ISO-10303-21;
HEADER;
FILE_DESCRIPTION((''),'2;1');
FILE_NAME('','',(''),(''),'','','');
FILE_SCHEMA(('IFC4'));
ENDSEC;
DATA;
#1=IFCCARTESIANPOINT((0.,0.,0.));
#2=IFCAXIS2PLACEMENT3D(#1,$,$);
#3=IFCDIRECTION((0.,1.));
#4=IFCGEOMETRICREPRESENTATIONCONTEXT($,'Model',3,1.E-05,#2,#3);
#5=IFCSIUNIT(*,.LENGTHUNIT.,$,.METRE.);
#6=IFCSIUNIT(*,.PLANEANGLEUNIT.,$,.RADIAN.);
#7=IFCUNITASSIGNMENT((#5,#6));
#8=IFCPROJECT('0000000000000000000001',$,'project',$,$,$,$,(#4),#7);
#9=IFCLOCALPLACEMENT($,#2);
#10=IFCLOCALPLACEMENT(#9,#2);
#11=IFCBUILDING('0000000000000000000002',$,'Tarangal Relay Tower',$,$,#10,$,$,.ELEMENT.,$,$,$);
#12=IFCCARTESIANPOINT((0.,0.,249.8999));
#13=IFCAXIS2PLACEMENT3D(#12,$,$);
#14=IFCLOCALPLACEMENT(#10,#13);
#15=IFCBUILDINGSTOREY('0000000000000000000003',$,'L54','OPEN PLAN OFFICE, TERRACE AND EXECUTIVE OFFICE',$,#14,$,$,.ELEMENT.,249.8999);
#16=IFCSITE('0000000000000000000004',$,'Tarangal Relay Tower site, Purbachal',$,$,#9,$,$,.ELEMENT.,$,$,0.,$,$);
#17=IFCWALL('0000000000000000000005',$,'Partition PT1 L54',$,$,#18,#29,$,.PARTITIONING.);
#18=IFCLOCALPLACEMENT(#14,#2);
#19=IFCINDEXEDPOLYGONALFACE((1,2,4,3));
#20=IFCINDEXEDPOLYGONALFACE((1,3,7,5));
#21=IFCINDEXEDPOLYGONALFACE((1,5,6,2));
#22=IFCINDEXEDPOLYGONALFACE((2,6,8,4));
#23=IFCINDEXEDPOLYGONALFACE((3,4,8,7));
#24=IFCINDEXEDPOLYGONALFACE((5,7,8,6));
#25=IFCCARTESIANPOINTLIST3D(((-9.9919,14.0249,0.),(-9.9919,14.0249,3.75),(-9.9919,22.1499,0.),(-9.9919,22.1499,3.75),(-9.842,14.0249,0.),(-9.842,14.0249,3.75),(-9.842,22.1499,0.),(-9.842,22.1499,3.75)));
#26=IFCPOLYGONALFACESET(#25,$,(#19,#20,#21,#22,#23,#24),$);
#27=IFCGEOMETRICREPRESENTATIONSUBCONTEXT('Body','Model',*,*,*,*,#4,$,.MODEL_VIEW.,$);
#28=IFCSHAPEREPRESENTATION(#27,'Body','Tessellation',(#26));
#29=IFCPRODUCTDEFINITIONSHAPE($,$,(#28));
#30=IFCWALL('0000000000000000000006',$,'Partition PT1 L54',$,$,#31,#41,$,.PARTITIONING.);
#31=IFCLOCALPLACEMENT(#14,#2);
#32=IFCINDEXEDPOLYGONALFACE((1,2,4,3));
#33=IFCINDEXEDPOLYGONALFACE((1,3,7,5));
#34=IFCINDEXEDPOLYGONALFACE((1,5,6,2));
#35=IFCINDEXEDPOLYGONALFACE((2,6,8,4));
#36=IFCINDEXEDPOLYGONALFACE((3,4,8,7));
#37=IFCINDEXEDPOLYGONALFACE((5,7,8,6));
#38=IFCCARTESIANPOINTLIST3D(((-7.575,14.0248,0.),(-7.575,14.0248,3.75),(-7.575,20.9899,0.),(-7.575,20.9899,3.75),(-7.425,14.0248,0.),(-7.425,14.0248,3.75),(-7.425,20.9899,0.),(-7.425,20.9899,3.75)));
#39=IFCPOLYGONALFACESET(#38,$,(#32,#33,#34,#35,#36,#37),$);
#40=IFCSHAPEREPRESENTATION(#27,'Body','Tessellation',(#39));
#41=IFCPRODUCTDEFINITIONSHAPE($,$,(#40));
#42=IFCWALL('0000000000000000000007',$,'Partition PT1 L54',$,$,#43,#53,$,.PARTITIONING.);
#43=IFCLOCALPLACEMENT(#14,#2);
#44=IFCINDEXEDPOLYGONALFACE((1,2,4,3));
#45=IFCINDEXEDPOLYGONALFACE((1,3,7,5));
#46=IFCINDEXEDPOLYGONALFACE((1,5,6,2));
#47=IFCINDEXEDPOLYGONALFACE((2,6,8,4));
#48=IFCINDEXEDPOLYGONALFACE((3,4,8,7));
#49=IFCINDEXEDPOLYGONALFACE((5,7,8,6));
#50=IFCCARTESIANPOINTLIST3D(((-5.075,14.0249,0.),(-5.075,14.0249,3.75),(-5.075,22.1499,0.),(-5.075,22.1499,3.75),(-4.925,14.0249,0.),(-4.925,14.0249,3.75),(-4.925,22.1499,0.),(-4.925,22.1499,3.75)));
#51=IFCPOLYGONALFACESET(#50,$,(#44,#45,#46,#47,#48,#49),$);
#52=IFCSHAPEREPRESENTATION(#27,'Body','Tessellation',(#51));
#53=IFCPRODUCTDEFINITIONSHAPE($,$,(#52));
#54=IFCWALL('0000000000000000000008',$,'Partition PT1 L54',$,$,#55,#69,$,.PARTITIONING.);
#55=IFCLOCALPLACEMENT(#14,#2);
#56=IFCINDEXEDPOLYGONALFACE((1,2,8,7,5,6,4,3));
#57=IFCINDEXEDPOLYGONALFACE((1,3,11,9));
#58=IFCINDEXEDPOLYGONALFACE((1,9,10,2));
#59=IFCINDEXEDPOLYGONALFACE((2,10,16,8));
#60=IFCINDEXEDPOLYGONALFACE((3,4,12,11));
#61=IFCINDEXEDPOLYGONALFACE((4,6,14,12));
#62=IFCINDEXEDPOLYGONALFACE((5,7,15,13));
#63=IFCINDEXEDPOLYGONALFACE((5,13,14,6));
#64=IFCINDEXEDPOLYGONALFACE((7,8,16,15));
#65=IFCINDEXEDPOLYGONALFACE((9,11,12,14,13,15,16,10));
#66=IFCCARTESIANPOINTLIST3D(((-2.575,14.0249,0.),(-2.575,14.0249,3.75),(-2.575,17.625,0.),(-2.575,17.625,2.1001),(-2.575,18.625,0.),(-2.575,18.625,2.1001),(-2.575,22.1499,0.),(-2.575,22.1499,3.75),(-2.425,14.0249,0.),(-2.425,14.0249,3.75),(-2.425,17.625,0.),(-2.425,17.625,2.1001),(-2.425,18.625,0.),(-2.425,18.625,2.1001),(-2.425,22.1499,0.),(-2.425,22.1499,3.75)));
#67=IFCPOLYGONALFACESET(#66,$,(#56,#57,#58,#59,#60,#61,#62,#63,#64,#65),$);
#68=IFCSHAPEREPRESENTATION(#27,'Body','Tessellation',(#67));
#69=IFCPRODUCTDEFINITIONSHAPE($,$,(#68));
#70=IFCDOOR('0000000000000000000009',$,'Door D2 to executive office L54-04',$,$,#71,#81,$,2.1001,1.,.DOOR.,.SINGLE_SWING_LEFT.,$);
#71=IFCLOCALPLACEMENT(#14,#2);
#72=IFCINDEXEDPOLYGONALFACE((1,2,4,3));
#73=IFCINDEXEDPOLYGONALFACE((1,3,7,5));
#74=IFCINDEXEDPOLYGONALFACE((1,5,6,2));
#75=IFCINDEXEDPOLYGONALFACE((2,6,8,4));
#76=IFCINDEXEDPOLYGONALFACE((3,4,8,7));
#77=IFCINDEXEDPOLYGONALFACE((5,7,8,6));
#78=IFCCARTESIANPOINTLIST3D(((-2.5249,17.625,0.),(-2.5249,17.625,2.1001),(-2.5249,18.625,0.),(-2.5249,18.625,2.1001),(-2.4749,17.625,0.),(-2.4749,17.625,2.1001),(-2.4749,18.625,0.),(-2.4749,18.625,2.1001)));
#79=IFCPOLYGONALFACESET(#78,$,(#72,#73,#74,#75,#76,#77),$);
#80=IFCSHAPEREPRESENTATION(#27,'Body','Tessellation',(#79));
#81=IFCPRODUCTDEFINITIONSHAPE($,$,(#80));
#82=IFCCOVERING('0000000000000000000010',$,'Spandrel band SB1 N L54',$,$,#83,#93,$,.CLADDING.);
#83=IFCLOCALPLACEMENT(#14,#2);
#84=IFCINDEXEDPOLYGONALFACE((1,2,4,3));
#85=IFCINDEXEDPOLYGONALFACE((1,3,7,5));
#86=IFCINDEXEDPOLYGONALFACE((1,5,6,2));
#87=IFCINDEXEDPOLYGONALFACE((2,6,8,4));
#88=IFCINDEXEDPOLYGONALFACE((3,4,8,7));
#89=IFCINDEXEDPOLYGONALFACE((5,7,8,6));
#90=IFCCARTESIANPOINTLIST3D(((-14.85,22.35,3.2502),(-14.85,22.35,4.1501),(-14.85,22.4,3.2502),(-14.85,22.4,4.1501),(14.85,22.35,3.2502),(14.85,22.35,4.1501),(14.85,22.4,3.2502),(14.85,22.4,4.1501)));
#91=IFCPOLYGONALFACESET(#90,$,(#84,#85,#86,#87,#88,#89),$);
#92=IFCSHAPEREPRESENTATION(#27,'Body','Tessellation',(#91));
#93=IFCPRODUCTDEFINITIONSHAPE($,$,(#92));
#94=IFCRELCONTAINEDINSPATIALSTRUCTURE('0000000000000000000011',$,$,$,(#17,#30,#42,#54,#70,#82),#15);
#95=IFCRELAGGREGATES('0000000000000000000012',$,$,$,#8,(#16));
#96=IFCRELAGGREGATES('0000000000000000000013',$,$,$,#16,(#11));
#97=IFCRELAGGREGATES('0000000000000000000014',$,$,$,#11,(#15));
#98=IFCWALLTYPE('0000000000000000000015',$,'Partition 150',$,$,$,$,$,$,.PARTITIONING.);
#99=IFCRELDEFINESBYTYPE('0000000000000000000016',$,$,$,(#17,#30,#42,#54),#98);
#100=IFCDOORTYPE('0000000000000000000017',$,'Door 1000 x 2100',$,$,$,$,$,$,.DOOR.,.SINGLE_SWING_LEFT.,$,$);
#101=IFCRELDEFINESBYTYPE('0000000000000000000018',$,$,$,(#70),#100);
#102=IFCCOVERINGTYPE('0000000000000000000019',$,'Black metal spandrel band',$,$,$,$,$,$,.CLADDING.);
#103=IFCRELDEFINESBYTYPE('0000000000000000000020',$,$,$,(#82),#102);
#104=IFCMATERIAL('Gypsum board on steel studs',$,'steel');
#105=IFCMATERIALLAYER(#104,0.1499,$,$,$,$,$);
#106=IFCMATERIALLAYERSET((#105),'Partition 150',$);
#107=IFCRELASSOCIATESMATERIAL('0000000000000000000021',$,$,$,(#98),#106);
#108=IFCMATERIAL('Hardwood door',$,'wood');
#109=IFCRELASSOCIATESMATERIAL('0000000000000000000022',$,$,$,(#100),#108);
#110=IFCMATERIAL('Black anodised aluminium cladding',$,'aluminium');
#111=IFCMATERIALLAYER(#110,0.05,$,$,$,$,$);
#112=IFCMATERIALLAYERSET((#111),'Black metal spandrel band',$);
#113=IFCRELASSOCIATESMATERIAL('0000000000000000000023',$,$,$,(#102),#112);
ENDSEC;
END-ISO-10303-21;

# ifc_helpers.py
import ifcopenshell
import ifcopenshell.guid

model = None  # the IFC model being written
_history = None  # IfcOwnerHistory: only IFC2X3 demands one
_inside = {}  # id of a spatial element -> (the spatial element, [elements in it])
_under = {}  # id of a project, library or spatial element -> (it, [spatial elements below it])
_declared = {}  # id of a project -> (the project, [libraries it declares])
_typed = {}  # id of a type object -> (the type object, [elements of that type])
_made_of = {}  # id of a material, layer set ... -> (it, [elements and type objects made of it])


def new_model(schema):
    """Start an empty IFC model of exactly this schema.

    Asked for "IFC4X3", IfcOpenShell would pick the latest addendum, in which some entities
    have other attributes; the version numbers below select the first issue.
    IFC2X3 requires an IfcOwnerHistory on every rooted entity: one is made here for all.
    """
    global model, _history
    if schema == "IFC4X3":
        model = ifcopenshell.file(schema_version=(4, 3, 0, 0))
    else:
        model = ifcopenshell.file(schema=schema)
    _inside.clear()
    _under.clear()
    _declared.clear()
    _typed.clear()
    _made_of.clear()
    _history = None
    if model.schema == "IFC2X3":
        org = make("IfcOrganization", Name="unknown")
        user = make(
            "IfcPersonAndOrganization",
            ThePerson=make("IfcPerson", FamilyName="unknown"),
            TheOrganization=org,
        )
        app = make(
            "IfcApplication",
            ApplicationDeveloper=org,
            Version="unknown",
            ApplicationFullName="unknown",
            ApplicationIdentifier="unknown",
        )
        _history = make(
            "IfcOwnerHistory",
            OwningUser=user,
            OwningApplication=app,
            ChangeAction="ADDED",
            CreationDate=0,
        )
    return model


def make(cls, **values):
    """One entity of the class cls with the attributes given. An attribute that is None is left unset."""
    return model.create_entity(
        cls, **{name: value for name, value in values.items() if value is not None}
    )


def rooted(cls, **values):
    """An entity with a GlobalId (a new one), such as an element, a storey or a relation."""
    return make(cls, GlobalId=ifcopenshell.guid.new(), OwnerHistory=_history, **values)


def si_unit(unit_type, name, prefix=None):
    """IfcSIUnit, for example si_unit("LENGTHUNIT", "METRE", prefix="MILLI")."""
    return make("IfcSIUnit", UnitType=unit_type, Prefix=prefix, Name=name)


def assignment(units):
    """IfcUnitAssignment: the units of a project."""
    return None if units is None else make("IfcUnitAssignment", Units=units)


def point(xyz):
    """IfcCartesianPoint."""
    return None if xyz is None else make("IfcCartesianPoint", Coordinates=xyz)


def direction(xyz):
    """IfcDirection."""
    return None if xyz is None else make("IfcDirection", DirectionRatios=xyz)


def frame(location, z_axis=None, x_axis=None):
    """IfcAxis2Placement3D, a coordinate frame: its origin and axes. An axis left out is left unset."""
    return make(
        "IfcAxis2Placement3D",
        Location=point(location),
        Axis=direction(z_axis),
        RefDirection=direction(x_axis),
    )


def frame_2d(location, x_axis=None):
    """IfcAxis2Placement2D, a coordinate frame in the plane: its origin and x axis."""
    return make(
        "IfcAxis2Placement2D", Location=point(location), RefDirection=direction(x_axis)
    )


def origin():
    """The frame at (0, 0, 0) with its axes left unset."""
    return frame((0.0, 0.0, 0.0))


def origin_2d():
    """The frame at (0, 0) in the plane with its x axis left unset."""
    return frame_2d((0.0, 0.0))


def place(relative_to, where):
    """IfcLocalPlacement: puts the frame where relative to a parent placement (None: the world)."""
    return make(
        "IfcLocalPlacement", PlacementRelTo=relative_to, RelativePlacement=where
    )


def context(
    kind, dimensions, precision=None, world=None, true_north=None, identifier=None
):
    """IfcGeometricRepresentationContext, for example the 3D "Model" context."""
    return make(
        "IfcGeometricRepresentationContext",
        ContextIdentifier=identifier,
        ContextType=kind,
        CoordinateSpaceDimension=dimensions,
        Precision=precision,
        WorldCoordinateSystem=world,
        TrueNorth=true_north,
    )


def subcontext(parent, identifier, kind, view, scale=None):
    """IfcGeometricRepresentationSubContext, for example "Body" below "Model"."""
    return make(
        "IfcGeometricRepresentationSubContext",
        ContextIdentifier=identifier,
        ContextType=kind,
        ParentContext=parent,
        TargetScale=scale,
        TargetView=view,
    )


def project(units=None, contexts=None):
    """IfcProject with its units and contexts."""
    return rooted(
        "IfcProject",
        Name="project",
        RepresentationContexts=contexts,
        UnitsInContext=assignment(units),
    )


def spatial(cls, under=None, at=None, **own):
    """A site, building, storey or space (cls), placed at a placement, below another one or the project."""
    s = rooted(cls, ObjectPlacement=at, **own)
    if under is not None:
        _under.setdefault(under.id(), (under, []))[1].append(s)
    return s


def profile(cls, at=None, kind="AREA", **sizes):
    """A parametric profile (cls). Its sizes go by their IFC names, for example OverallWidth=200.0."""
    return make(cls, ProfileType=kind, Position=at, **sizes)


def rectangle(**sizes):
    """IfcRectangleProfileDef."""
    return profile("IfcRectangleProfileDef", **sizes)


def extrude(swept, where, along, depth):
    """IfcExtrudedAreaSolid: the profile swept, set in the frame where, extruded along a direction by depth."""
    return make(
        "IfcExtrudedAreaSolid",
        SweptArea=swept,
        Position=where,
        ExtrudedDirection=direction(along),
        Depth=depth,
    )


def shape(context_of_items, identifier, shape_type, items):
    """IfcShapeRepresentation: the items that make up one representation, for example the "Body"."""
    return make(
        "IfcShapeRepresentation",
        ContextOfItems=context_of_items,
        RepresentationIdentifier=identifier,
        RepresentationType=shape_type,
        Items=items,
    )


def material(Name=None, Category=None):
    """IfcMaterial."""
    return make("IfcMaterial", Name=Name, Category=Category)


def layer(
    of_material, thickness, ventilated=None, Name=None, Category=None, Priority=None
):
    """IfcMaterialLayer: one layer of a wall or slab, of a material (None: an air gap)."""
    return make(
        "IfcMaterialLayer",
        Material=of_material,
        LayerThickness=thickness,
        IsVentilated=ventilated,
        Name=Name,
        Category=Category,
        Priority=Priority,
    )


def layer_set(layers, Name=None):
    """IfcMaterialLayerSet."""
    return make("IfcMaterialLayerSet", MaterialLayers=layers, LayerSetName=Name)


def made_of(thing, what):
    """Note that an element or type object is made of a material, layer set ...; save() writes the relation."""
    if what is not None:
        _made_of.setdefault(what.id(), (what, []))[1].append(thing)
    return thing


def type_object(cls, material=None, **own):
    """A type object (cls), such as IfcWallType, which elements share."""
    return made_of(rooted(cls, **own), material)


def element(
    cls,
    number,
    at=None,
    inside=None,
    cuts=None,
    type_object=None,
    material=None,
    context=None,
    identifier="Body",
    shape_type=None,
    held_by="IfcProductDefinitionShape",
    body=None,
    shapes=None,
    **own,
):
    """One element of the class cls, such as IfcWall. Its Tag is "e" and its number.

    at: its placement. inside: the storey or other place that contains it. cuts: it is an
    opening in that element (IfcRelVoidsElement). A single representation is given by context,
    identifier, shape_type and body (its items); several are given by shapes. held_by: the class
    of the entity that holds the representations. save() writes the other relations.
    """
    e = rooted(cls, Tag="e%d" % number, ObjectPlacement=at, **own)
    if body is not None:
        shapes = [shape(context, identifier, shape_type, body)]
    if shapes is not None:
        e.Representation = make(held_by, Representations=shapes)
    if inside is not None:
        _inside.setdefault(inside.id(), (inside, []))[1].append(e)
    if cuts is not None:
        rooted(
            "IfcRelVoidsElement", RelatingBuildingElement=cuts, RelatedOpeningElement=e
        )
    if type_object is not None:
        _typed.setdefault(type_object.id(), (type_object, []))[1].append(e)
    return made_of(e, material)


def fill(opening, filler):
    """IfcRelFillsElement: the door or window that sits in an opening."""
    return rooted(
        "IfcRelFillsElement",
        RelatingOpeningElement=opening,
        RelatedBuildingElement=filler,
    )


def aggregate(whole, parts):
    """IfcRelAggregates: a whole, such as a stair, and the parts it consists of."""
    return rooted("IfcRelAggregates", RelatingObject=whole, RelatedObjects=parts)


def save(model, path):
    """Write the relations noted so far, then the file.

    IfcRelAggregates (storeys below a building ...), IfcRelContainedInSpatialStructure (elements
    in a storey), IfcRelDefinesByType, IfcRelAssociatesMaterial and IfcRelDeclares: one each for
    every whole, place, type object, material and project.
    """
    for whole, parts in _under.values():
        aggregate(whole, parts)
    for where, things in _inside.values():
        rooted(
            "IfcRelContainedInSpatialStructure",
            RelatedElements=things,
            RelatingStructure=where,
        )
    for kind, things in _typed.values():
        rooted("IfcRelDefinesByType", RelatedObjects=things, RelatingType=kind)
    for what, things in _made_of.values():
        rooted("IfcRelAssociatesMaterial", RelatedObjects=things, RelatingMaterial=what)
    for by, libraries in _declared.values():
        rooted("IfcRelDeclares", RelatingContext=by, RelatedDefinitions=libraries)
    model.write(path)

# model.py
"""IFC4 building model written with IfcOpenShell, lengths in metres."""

from ifc_helpers import new_model, si_unit, direction, frame, frame_2d, origin, origin_2d, place, context, subcontext, project, spatial, rectangle, extrude, material, layer, layer_set, type_object, element, fill, save


model = new_model("IFC4")

# Units and contexts
model_context = context("Model", 3, precision=1e-05, world=origin(), true_north=direction((0.0, 1.0)))
body_context = subcontext(model_context, "Body", "Model", "MODEL_VIEW")
ifc_project = project(units=[si_unit("LENGTHUNIT", "METRE"), si_unit("PLANEANGLEUNIT", "RADIAN")], contexts=[model_context])

# Site, building, storey
site_placement = place(None, origin())
site = spatial("IfcSite", under=ifc_project, at=site_placement, Name="Tarangal Relay Tower site, Purbachal", CompositionType="ELEMENT", RefElevation=0.0)
building_placement = place(site_placement, origin())
building = spatial("IfcBuilding", under=site, at=building_placement, Name="Tarangal Relay Tower", CompositionType="ELEMENT")
storey_placement = place(building_placement, frame((0.0, 0.0, 249.8999)))
storey = spatial("IfcBuildingStorey", under=building, at=storey_placement, Name="L54", Description="OPEN PLAN OFFICE, TERRACE AND EXECUTIVE OFFICE", CompositionType="ELEMENT", Elevation=249.8999)

# Walls
ifc_material_1 = material(Name="Gypsum board on steel studs", Category="steel")
ifc_layer_1 = layer(ifc_material_1, 0.1499)
ifc_layer_set_1 = layer_set([ifc_layer_1], Name="Partition 150")
wall_type_1 = type_object("IfcWallType", Name="Partition 150", PredefinedType="PARTITIONING", material=ifc_layer_set_1)
wall_1_placement = place(storey_placement, frame((-9.917, 14.0249, 0.0), z_axis=(0.0, 0.0, 1.0), x_axis=(0.0, 1.0, 0.0)))
element("IfcWall", 1, at=wall_1_placement, inside=storey, type_object=wall_type_1, Name="Partition PT1 L54", PredefinedType="PARTITIONING", context=body_context, shape_type="SweptSolid", body=[
    extrude(rectangle(XDim=8.125, YDim=0.1499, at=frame_2d((4.0625, 0.0))), origin(), (0.0, 0.0, 1.0), 3.75),
])
wall_2_placement = place(storey_placement, frame((-7.5, 14.0249, 0.0), z_axis=(0.0, 0.0, 1.0), x_axis=(0.0, 1.0, 0.0)))
element("IfcWall", 2, at=wall_2_placement, inside=storey, type_object=wall_type_1, Name="Partition PT1 L54", PredefinedType="PARTITIONING", context=body_context, shape_type="SweptSolid", body=[
    extrude(rectangle(XDim=6.9651, YDim=0.1499, at=frame_2d((3.4824, 0.0))), origin(), (0.0, 0.0, 1.0), 3.75),
])
wall_3_placement = place(storey_placement, frame((-5.0, 14.0249, 0.0), z_axis=(0.0, 0.0, 1.0), x_axis=(0.0, 1.0, 0.0)))
element("IfcWall", 3, at=wall_3_placement, inside=storey, type_object=wall_type_1, Name="Partition PT1 L54", PredefinedType="PARTITIONING", context=body_context, shape_type="SweptSolid", body=[
    extrude(rectangle(XDim=8.125, YDim=0.1499, at=frame_2d((4.0625, 0.0))), origin(), (0.0, 0.0, 1.0), 3.75),
])

# Wall, opening, door
wall_4_placement = place(storey_placement, frame((-2.5, 14.0249, 0.0), z_axis=(0.0, 0.0, 1.0), x_axis=(0.0, 1.0, 0.0)))
wall_4 = element("IfcWall", 4, at=wall_4_placement, inside=storey, type_object=wall_type_1, Name="Partition PT1 L54", PredefinedType="PARTITIONING", context=body_context, shape_type="SweptSolid", body=[
    extrude(rectangle(XDim=8.125, YDim=0.1499, at=frame_2d((4.0625, 0.0))), origin(), (0.0, 0.0, 1.0), 3.75),
])
opening_placement = place(wall_4_placement, frame((3.6001, 0.0, 0.0)))
opening = element("IfcOpeningElement", 5, at=opening_placement, cuts=wall_4, PredefinedType="OPENING", context=body_context, shape_type="SweptSolid", body=[
    extrude(rectangle(XDim=1.0, YDim=2.1001, at=frame_2d((0.5, 1.05))), frame((0.0, 0.085, 0.0), z_axis=(0.0, -1.0, 0.0), x_axis=(1.0, 0.0, 0.0)), (0.0, 0.0, 1.0), 0.1699),
])
ifc_material_2 = material(Name="Hardwood door", Category="wood")
door_type = type_object("IfcDoorType", Name="Door 1000 x 2100", OperationType="SINGLE_SWING_LEFT", PredefinedType="DOOR", material=ifc_material_2)
door_placement = place(opening_placement, origin())
door = element("IfcDoor", 6, at=door_placement, inside=storey, type_object=door_type, Name="Door D2 to executive office L54-04", OperationType="SINGLE_SWING_LEFT", OverallHeight=2.1001, OverallWidth=1.0, PredefinedType="DOOR", context=body_context, shape_type="SweptSolid", body=[
    extrude(rectangle(XDim=1.0, YDim=2.1001, at=frame_2d((0.5, 1.05))), frame((0.0, 0.0249, 0.0), z_axis=(0.0, -1.0, 0.0), x_axis=(1.0, 0.0, 0.0)), (0.0, 0.0, 1.0), 0.05),
])
fill(opening, door)

# Covering
ifc_material_3 = material(Name="Black anodised aluminium cladding", Category="aluminium")
ifc_layer_2 = layer(ifc_material_3, 0.05)
ifc_layer_set_2 = layer_set([ifc_layer_2], Name="Black metal spandrel band")
covering_type = type_object("IfcCoveringType", Name="Black metal spandrel band", PredefinedType="CLADDING", material=ifc_layer_set_2)
covering_placement = place(storey_placement, frame((0.0, 22.375, 3.2502), z_axis=(0.0, 0.0, 1.0), x_axis=(1.0, 0.0, 0.0)))
element("IfcCovering", 7, at=covering_placement, inside=storey, type_object=covering_type, Name="Spandrel band SB1 N L54", PredefinedType="CLADDING", context=body_context, shape_type="SweptSolid", body=[
    extrude(rectangle(XDim=29.7, YDim=0.05, at=origin_2d()), origin(), (0.0, 0.0, 1.0), 0.8999),
])

save(model, "model.ifc")
